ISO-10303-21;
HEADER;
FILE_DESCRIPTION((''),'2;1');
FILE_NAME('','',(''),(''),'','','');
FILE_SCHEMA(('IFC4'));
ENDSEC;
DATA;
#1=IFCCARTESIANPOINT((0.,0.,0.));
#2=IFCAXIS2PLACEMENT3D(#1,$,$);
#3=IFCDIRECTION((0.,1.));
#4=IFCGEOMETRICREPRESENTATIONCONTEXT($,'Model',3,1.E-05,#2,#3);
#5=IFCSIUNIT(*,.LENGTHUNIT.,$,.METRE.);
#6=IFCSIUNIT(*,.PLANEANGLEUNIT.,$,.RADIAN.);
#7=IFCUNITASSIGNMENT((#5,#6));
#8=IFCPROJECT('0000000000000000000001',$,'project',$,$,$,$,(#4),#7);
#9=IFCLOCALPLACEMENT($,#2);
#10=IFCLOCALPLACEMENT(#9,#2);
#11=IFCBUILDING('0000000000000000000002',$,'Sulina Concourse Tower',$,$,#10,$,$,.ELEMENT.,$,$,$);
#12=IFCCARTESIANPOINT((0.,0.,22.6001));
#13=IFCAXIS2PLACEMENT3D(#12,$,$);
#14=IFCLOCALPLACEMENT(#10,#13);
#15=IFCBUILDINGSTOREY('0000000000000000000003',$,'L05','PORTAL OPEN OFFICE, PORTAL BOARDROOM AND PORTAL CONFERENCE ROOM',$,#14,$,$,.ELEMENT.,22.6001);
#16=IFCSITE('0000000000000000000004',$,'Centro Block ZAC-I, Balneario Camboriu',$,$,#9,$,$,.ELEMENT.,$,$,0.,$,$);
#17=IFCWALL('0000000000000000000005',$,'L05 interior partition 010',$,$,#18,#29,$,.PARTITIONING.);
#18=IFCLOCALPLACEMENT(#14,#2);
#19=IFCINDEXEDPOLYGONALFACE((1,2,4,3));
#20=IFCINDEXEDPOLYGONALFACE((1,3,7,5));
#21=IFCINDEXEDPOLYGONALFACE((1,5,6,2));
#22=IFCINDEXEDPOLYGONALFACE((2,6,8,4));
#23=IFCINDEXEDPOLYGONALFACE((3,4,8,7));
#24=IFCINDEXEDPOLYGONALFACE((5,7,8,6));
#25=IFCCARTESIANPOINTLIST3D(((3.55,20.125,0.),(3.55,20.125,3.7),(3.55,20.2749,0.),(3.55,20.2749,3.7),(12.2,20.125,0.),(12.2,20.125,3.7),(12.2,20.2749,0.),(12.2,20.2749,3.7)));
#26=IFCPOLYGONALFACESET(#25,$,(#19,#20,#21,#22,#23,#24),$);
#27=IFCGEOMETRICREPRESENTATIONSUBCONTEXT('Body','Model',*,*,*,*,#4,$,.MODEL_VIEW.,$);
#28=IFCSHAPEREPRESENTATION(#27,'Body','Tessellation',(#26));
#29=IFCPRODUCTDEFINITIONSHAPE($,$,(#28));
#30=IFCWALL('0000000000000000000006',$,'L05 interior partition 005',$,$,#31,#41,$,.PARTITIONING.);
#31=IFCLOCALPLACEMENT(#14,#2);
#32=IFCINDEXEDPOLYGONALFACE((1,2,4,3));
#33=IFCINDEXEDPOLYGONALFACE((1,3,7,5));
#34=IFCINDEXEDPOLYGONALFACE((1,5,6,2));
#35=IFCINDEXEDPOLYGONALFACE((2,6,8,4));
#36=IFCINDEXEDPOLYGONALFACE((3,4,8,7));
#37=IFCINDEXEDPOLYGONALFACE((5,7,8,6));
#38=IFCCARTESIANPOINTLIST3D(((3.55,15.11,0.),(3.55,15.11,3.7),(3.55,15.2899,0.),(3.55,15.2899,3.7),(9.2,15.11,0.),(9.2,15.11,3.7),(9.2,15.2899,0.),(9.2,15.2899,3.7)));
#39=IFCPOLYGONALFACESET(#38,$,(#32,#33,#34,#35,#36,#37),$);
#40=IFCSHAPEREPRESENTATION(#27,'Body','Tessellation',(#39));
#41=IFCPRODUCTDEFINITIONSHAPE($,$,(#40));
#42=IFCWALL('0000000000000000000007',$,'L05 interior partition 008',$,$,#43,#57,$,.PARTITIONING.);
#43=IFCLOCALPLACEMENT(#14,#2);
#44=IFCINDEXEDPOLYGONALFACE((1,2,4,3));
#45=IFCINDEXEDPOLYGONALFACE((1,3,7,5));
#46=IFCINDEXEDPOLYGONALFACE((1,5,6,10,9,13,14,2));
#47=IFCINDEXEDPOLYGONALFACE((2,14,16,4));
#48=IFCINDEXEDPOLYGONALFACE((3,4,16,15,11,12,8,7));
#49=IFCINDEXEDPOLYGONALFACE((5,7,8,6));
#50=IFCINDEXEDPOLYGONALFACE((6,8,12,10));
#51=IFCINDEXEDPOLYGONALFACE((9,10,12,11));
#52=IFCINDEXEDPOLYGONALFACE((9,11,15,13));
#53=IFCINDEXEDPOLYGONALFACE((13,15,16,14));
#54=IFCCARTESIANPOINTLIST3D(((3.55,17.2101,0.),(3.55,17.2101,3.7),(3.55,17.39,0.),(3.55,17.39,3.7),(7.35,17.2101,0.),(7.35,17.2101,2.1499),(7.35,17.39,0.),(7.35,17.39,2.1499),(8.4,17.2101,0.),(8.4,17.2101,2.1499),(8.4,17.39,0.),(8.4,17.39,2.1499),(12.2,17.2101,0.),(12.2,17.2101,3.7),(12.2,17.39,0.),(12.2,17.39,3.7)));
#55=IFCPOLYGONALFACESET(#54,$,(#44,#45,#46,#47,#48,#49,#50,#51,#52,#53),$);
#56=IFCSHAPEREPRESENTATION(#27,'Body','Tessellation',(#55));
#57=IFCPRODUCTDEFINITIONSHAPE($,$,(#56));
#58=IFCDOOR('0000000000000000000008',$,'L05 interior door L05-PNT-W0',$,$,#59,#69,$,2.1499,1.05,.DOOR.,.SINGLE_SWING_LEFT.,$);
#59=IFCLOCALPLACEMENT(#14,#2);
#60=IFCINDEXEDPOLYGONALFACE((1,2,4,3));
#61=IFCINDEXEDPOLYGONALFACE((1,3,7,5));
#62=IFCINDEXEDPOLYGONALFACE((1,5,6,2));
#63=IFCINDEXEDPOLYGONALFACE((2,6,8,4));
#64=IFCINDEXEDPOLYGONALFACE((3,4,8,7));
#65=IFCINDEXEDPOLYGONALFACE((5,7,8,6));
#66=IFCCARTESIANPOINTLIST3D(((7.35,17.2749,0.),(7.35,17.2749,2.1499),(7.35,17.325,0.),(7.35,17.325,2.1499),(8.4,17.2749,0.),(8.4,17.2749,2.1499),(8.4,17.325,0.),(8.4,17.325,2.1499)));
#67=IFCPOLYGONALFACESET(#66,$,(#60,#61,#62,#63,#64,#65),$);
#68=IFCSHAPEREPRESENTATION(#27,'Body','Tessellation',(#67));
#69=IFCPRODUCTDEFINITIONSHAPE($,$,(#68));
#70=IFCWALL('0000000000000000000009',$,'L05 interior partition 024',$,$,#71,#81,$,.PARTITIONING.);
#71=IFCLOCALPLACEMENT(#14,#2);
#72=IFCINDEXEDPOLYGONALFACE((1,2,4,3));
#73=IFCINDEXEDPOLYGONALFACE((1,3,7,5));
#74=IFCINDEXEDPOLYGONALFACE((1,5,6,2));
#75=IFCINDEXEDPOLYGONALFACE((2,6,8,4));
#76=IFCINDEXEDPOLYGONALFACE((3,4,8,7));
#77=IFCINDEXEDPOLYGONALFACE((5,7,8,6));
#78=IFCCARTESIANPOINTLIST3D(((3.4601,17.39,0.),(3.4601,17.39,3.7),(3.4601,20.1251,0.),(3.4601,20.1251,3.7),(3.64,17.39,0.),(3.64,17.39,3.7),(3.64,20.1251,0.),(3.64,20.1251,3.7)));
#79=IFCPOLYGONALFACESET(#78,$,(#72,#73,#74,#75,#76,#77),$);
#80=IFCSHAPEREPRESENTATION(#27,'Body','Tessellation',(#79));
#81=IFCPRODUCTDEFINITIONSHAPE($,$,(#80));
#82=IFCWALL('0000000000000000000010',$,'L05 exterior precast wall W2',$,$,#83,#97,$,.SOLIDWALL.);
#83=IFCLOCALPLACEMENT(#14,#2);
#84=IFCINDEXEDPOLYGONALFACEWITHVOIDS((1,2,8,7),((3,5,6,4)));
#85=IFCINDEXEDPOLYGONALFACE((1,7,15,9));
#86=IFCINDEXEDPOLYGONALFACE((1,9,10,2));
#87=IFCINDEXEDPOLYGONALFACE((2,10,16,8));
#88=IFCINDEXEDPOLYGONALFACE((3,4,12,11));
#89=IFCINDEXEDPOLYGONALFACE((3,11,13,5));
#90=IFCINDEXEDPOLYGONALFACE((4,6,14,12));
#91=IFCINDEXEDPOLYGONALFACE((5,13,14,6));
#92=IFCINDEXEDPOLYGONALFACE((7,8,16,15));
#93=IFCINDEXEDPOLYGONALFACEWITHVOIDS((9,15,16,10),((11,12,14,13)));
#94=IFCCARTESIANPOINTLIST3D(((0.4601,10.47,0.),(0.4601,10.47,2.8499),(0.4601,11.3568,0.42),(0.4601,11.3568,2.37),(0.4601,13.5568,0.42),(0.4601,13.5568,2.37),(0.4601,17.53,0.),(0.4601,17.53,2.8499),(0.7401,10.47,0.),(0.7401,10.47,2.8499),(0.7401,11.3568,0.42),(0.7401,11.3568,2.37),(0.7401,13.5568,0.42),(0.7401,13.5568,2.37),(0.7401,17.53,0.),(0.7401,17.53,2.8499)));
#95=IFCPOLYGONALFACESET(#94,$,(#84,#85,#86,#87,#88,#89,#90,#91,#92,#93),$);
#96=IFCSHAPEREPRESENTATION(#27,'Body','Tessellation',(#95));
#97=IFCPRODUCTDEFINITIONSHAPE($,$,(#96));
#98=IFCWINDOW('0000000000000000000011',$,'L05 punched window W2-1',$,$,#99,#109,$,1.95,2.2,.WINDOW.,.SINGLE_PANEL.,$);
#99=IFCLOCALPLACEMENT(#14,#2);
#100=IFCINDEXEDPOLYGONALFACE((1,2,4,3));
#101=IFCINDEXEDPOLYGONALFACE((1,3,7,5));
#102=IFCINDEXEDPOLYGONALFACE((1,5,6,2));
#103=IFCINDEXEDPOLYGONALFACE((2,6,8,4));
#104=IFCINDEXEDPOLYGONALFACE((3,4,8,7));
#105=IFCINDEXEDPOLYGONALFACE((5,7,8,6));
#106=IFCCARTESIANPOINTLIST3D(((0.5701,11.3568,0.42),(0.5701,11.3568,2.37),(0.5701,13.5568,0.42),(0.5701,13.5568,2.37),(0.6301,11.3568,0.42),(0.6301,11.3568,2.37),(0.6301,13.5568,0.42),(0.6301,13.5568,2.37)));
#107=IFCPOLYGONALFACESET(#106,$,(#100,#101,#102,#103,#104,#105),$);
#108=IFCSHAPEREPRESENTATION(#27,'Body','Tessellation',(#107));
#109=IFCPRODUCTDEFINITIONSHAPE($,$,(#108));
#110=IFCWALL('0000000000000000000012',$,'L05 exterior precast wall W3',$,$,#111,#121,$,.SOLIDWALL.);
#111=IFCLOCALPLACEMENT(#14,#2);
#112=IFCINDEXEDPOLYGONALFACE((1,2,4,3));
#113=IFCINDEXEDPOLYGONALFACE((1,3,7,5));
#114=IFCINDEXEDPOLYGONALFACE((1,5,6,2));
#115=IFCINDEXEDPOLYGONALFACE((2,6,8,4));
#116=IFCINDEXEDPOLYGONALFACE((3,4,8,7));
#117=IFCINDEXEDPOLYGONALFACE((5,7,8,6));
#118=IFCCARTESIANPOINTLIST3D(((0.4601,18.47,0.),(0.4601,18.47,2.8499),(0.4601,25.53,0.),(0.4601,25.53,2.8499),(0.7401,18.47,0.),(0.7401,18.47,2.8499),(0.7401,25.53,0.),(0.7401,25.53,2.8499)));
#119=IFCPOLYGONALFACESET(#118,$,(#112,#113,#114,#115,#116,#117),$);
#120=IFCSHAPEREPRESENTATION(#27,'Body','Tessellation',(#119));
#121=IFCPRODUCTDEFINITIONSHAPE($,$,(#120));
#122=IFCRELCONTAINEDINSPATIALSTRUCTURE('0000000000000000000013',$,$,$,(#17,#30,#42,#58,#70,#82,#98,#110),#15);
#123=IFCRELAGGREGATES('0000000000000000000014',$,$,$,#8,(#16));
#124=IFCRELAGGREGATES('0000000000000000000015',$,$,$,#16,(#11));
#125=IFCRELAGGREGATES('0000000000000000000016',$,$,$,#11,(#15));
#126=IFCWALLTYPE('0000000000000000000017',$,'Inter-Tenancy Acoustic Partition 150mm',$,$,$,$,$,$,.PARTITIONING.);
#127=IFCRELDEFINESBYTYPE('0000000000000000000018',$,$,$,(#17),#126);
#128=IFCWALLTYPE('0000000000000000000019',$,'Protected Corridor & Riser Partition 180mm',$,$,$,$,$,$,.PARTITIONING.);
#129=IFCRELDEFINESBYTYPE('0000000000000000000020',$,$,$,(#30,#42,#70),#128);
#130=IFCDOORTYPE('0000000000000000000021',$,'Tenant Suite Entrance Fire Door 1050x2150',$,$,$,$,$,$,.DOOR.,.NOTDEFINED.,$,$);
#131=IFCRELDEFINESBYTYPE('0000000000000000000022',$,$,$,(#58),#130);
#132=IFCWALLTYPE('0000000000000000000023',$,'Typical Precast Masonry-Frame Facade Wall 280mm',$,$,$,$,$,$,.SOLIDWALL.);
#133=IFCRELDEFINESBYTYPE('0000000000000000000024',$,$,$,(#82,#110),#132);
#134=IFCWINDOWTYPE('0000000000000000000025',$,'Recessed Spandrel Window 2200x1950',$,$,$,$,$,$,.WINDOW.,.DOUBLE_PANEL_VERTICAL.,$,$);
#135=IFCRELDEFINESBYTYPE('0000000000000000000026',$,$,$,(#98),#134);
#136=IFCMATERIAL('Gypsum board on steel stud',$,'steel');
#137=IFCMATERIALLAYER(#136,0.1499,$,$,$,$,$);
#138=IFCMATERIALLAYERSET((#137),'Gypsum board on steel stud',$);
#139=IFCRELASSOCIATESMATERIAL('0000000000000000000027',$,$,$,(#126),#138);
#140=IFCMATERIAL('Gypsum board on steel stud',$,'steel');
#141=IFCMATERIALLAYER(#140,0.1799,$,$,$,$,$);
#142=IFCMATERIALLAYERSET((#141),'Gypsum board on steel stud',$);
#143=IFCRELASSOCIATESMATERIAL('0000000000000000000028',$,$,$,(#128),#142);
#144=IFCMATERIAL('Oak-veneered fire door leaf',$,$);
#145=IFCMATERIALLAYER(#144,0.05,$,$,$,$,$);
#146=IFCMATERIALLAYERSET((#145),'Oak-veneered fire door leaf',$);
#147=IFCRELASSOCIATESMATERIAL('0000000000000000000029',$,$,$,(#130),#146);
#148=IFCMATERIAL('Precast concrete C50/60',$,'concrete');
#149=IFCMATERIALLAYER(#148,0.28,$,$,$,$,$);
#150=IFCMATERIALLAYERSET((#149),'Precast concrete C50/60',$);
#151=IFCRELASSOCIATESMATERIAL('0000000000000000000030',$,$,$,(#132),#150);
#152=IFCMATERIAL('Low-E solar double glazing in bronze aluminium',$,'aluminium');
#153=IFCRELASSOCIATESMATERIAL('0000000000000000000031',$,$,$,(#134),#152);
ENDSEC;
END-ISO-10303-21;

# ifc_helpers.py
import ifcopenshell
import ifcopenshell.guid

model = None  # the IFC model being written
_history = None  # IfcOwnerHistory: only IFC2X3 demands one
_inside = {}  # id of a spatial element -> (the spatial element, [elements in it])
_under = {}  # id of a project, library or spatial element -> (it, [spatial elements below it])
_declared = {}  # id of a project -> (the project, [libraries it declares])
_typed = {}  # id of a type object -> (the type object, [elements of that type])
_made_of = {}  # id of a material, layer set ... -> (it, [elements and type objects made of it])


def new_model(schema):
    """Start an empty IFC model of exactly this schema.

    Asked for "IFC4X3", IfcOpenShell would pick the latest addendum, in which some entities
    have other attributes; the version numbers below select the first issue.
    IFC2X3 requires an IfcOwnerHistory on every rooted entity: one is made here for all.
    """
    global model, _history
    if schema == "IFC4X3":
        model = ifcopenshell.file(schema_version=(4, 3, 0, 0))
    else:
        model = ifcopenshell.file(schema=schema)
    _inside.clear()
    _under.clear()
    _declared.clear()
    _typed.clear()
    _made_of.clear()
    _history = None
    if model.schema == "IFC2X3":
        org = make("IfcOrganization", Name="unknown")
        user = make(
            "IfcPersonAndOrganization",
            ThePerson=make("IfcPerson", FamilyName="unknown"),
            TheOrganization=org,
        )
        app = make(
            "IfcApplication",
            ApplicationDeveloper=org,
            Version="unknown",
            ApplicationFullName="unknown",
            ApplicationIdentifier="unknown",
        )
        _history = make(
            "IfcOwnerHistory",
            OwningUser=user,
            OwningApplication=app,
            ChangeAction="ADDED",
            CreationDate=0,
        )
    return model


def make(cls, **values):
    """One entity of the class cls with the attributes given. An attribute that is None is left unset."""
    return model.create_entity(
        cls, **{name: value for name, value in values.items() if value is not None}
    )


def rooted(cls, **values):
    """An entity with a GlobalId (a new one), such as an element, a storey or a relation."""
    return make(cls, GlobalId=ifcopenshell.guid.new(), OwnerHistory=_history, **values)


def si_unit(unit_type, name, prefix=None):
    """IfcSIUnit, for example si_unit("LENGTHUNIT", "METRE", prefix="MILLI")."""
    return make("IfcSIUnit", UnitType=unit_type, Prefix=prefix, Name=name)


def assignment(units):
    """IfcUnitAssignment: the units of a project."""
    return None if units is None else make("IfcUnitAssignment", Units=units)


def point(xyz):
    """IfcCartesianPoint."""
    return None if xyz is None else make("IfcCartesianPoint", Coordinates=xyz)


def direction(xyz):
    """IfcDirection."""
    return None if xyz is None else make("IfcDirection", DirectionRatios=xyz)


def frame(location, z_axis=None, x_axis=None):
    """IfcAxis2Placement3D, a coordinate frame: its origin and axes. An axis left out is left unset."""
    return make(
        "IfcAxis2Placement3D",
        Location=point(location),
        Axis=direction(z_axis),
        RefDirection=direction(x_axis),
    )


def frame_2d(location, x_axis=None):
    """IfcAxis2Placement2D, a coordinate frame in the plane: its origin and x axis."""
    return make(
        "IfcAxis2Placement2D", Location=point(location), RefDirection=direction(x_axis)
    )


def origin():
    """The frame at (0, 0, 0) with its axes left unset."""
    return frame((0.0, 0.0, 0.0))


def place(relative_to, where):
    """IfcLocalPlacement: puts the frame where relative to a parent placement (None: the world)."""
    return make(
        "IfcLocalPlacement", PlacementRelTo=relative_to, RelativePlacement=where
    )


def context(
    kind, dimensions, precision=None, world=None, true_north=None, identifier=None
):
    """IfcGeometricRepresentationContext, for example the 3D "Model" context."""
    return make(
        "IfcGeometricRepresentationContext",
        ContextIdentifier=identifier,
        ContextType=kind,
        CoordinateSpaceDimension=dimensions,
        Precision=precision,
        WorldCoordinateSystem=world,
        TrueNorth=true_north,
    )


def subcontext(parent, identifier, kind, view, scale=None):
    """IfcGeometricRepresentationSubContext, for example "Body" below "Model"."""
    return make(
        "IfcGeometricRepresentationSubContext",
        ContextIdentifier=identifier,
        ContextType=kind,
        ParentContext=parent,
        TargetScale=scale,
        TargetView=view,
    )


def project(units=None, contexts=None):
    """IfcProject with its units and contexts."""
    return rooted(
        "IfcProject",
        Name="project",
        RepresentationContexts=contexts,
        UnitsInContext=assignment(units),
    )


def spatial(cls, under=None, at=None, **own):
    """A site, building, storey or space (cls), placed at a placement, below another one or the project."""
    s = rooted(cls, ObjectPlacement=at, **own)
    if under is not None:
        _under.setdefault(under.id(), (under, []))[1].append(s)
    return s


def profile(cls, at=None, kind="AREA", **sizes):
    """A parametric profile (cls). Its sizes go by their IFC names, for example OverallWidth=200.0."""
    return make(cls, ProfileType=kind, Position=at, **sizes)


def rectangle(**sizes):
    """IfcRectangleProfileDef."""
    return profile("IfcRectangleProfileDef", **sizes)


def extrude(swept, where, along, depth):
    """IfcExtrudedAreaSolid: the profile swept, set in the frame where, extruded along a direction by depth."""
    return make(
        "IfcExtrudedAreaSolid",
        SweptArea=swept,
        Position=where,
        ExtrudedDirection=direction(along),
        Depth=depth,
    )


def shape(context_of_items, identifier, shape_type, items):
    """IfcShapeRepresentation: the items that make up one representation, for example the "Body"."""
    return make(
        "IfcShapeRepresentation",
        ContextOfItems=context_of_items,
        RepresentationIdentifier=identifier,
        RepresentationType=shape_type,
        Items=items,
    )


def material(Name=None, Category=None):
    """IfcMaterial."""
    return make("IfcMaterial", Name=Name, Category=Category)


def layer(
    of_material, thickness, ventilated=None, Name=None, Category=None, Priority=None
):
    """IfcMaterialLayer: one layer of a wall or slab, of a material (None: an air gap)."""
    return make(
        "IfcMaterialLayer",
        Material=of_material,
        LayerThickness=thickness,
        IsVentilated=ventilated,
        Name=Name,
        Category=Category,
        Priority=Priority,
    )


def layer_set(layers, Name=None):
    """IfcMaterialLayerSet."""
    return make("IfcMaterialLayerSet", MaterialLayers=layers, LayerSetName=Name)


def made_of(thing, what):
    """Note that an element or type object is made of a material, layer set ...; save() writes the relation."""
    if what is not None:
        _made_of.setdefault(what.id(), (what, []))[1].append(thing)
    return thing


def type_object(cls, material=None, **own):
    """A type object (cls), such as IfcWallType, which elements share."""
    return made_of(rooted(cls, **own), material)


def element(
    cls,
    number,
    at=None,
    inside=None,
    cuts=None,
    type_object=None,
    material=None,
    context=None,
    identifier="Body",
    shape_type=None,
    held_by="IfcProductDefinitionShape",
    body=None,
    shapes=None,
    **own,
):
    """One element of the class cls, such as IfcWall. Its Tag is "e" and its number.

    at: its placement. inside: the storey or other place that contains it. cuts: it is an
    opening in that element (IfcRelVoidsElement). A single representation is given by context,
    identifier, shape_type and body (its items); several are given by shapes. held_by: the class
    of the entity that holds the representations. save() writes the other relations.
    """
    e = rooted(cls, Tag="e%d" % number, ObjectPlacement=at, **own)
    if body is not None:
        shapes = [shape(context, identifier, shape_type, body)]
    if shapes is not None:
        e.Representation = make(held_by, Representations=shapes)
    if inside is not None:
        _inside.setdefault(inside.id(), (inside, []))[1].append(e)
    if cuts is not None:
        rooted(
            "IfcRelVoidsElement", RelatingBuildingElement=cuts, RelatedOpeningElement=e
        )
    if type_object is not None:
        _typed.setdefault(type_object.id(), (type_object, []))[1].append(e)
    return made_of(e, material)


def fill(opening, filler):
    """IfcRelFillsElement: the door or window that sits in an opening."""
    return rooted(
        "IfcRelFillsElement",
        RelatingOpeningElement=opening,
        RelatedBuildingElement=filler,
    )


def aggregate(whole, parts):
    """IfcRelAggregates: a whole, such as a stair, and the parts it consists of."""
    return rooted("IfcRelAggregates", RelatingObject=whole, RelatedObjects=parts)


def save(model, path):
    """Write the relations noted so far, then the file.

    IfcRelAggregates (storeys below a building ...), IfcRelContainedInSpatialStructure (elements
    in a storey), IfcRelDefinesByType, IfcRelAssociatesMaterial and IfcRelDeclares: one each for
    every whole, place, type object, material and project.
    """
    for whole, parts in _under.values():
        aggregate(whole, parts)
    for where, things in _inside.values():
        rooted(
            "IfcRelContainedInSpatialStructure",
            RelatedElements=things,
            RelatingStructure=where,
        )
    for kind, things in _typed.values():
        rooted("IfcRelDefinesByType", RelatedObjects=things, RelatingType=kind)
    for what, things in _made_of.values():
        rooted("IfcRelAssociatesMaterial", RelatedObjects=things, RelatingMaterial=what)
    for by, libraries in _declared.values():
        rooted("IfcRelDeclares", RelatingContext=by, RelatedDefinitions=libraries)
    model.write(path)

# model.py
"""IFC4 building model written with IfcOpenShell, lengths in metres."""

from ifc_helpers import new_model, si_unit, direction, frame, frame_2d, origin, place, context, subcontext, project, spatial, rectangle, extrude, material, layer, layer_set, type_object, element, fill, save


model = new_model("IFC4")

# Units and contexts
model_context = context("Model", 3, precision=1e-05, world=origin(), true_north=direction((0.0, 1.0)))
body_context = subcontext(model_context, "Body", "Model", "MODEL_VIEW")
ifc_project = project(units=[si_unit("LENGTHUNIT", "METRE"), si_unit("PLANEANGLEUNIT", "RADIAN")], contexts=[model_context])

# Site, building, storey
site_placement = place(None, origin())
site = spatial("IfcSite", under=ifc_project, at=site_placement, Name="Centro Block ZAC-I, Balneario Camboriu", CompositionType="ELEMENT", RefElevation=0.0)
building_placement = place(site_placement, origin())
building = spatial("IfcBuilding", under=site, at=building_placement, Name="Sulina Concourse Tower", CompositionType="ELEMENT")
storey_placement = place(building_placement, frame((0.0, 0.0, 22.6001)))
storey = spatial("IfcBuildingStorey", under=building, at=storey_placement, Name="L05", Description="PORTAL OPEN OFFICE, PORTAL BOARDROOM AND PORTAL CONFERENCE ROOM", CompositionType="ELEMENT", Elevation=22.6001)

# Wall
ifc_material_1 = material(Name="Gypsum board on steel stud", Category="steel")
ifc_layer_1 = layer(ifc_material_1, 0.1499)
ifc_layer_set_1 = layer_set([ifc_layer_1], Name="Gypsum board on steel stud")
wall_type_1 = type_object("IfcWallType", Name="Inter-Tenancy Acoustic Partition 150mm", PredefinedType="PARTITIONING", material=ifc_layer_set_1)
wall_1_placement = place(storey_placement, frame((3.55, 20.2, 0.0), z_axis=(0.0, 0.0, 1.0), x_axis=(1.0, 0.0, 0.0)))
element("IfcWall", 1, at=wall_1_placement, inside=storey, type_object=wall_type_1, Name="L05 interior partition 010", PredefinedType="PARTITIONING", context=body_context, shape_type="SweptSolid", body=[
    extrude(rectangle(XDim=8.6499, YDim=0.1499, at=frame_2d((4.325, 0.0))), origin(), (0.0, 0.0, 1.0), 3.7),
])

# Shared definitions
ifc_material_2 = material(Name="Gypsum board on steel stud", Category="steel")
ifc_layer_2 = layer(ifc_material_2, 0.1799)
ifc_layer_set_2 = layer_set([ifc_layer_2], Name="Gypsum board on steel stud")
wall_type_2 = type_object("IfcWallType", Name="Protected Corridor & Riser Partition 180mm", PredefinedType="PARTITIONING", material=ifc_layer_set_2)
ifc_material_3 = material(Name="Oak-veneered fire door leaf")
ifc_layer_3 = layer(ifc_material_3, 0.05)
ifc_layer_set_3 = layer_set([ifc_layer_3], Name="Oak-veneered fire door leaf")
door_type_1 = type_object("IfcDoorType", Name="Tenant Suite Entrance Fire Door 1050x2150", OperationType="NOTDEFINED", PredefinedType="DOOR", material=ifc_layer_set_3)

# Wall
wall_2_placement = place(storey_placement, frame((3.55, 15.2, 0.0), z_axis=(0.0, 0.0, 1.0), x_axis=(1.0, 0.0, 0.0)))
element("IfcWall", 2, at=wall_2_placement, inside=storey, type_object=wall_type_2, Name="L05 interior partition 005", PredefinedType="PARTITIONING", context=body_context, shape_type="SweptSolid", body=[
    extrude(rectangle(XDim=5.6499, YDim=0.1799, at=frame_2d((2.825, 0.0))), origin(), (0.0, 0.0, 1.0), 3.7),
])

# Wall, opening, door
wall_3_placement = place(storey_placement, frame((3.55, 17.3, 0.0), z_axis=(0.0, 0.0, 1.0), x_axis=(1.0, 0.0, 0.0)))
wall_3 = element("IfcWall", 3, at=wall_3_placement, inside=storey, type_object=wall_type_2, Name="L05 interior partition 008", PredefinedType="PARTITIONING", context=body_context, shape_type="SweptSolid", body=[
    extrude(rectangle(XDim=8.6499, YDim=0.1799, at=frame_2d((4.325, 0.0))), origin(), (0.0, 0.0, 1.0), 3.7),
])
opening_1_placement = place(wall_3_placement, frame((3.8, 0.0, 0.0)))
opening_1 = element("IfcOpeningElement", 4, at=opening_1_placement, cuts=wall_3, PredefinedType="OPENING", context=body_context, shape_type="SweptSolid", body=[
    extrude(rectangle(XDim=1.05, YDim=2.1499, at=frame_2d((0.5249, 1.075))), frame((0.0, 0.0999, 0.0), z_axis=(0.0, -1.0, 0.0), x_axis=(1.0, 0.0, 0.0)), (0.0, 0.0, 1.0), 0.2),
])
door_1_placement = place(opening_1_placement, origin())
door_1 = element("IfcDoor", 5, at=door_1_placement, inside=storey, type_object=door_type_1, Name="L05 interior door L05-PNT-W0", OperationType="SINGLE_SWING_LEFT", OverallHeight=2.1499, OverallWidth=1.05, PredefinedType="DOOR", context=body_context, shape_type="SweptSolid", body=[
    extrude(rectangle(XDim=1.05, YDim=2.1499, at=frame_2d((0.5249, 1.075))), frame((0.0, 0.0249, 0.0), z_axis=(0.0, -1.0, 0.0), x_axis=(1.0, 0.0, 0.0)), (0.0, 0.0, 1.0), 0.05),
])
fill(opening_1, door_1)

# Wall
wall_4_placement = place(storey_placement, frame((3.55, 17.3899, 0.0), z_axis=(0.0, 0.0, 1.0), x_axis=(0.0, 1.0, 0.0)))
element("IfcWall", 6, at=wall_4_placement, inside=storey, type_object=wall_type_2, Name="L05 interior partition 024", PredefinedType="PARTITIONING", context=body_context, shape_type="SweptSolid", body=[
    extrude(rectangle(XDim=2.7351, YDim=0.1799, at=frame_2d((1.3677, 0.0))), origin(), (0.0, 0.0, 1.0), 3.7),
])

# Wall, opening, window
ifc_material_4 = material(Name="Precast concrete C50/60", Category="concrete")
ifc_layer_4 = layer(ifc_material_4, 0.28)
ifc_layer_set_4 = layer_set([ifc_layer_4], Name="Precast concrete C50/60")
wall_type_3 = type_object("IfcWallType", Name="Typical Precast Masonry-Frame Facade Wall 280mm", PredefinedType="SOLIDWALL", material=ifc_layer_set_4)
wall_5_placement = place(storey_placement, frame((0.6001, 10.47, 0.0), z_axis=(0.0, 0.0, 1.0), x_axis=(0.0, 1.0, 0.0)))
wall_5 = element("IfcWall", 7, at=wall_5_placement, inside=storey, type_object=wall_type_3, Name="L05 exterior precast wall W2", PredefinedType="SOLIDWALL", context=body_context, shape_type="SweptSolid", body=[
    extrude(rectangle(XDim=7.0601, YDim=0.28, at=frame_2d((3.53, 0.0))), origin(), (0.0, 0.0, 1.0), 2.8499),
])
opening_2_placement = place(wall_5_placement, frame((0.8867, 0.0, 0.4199)))
opening_2 = element("IfcOpeningElement", 8, at=opening_2_placement, cuts=wall_5, PredefinedType="OPENING", context=body_context, shape_type="SweptSolid", body=[
    extrude(rectangle(XDim=2.2, YDim=1.95, at=frame_2d((1.1001, 0.9751))), frame((0.0, 0.1499, 0.0), z_axis=(0.0, -1.0, 0.0), x_axis=(1.0, 0.0, 0.0)), (0.0, 0.0, 1.0), 0.3),
])
ifc_material_5 = material(Name="Low-E solar double glazing in bronze aluminium", Category="aluminium")
window_type = type_object("IfcWindowType", Name="Recessed Spandrel Window 2200x1950", PartitioningType="DOUBLE_PANEL_VERTICAL", PredefinedType="WINDOW", material=ifc_material_5)
window_placement = place(opening_2_placement, origin())
window = element("IfcWindow", 9, at=window_placement, inside=storey, type_object=window_type, Name="L05 punched window W2-1", OverallHeight=1.95, OverallWidth=2.2, PartitioningType="SINGLE_PANEL", PredefinedType="WINDOW", context=body_context, shape_type="SweptSolid", body=[
    extrude(rectangle(XDim=2.2, YDim=1.95, at=frame_2d((1.1001, 0.9751))), frame((0.0, 0.03, 0.0), z_axis=(0.0, -1.0, 0.0), x_axis=(1.0, 0.0, 0.0)), (0.0, 0.0, 1.0), 0.0601),
])
fill(opening_2, window)

# Wall
wall_6_placement = place(storey_placement, frame((0.6001, 18.47, 0.0), z_axis=(0.0, 0.0, 1.0), x_axis=(0.0, 1.0, 0.0)))
element("IfcWall", 10, at=wall_6_placement, inside=storey, type_object=wall_type_3, Name="L05 exterior precast wall W3", PredefinedType="SOLIDWALL", context=body_context, shape_type="SweptSolid", body=[
    extrude(rectangle(XDim=7.0601, YDim=0.28, at=frame_2d((3.53, 0.0))), origin(), (0.0, 0.0, 1.0), 2.8499),
])

save(model, "model.ifc")
